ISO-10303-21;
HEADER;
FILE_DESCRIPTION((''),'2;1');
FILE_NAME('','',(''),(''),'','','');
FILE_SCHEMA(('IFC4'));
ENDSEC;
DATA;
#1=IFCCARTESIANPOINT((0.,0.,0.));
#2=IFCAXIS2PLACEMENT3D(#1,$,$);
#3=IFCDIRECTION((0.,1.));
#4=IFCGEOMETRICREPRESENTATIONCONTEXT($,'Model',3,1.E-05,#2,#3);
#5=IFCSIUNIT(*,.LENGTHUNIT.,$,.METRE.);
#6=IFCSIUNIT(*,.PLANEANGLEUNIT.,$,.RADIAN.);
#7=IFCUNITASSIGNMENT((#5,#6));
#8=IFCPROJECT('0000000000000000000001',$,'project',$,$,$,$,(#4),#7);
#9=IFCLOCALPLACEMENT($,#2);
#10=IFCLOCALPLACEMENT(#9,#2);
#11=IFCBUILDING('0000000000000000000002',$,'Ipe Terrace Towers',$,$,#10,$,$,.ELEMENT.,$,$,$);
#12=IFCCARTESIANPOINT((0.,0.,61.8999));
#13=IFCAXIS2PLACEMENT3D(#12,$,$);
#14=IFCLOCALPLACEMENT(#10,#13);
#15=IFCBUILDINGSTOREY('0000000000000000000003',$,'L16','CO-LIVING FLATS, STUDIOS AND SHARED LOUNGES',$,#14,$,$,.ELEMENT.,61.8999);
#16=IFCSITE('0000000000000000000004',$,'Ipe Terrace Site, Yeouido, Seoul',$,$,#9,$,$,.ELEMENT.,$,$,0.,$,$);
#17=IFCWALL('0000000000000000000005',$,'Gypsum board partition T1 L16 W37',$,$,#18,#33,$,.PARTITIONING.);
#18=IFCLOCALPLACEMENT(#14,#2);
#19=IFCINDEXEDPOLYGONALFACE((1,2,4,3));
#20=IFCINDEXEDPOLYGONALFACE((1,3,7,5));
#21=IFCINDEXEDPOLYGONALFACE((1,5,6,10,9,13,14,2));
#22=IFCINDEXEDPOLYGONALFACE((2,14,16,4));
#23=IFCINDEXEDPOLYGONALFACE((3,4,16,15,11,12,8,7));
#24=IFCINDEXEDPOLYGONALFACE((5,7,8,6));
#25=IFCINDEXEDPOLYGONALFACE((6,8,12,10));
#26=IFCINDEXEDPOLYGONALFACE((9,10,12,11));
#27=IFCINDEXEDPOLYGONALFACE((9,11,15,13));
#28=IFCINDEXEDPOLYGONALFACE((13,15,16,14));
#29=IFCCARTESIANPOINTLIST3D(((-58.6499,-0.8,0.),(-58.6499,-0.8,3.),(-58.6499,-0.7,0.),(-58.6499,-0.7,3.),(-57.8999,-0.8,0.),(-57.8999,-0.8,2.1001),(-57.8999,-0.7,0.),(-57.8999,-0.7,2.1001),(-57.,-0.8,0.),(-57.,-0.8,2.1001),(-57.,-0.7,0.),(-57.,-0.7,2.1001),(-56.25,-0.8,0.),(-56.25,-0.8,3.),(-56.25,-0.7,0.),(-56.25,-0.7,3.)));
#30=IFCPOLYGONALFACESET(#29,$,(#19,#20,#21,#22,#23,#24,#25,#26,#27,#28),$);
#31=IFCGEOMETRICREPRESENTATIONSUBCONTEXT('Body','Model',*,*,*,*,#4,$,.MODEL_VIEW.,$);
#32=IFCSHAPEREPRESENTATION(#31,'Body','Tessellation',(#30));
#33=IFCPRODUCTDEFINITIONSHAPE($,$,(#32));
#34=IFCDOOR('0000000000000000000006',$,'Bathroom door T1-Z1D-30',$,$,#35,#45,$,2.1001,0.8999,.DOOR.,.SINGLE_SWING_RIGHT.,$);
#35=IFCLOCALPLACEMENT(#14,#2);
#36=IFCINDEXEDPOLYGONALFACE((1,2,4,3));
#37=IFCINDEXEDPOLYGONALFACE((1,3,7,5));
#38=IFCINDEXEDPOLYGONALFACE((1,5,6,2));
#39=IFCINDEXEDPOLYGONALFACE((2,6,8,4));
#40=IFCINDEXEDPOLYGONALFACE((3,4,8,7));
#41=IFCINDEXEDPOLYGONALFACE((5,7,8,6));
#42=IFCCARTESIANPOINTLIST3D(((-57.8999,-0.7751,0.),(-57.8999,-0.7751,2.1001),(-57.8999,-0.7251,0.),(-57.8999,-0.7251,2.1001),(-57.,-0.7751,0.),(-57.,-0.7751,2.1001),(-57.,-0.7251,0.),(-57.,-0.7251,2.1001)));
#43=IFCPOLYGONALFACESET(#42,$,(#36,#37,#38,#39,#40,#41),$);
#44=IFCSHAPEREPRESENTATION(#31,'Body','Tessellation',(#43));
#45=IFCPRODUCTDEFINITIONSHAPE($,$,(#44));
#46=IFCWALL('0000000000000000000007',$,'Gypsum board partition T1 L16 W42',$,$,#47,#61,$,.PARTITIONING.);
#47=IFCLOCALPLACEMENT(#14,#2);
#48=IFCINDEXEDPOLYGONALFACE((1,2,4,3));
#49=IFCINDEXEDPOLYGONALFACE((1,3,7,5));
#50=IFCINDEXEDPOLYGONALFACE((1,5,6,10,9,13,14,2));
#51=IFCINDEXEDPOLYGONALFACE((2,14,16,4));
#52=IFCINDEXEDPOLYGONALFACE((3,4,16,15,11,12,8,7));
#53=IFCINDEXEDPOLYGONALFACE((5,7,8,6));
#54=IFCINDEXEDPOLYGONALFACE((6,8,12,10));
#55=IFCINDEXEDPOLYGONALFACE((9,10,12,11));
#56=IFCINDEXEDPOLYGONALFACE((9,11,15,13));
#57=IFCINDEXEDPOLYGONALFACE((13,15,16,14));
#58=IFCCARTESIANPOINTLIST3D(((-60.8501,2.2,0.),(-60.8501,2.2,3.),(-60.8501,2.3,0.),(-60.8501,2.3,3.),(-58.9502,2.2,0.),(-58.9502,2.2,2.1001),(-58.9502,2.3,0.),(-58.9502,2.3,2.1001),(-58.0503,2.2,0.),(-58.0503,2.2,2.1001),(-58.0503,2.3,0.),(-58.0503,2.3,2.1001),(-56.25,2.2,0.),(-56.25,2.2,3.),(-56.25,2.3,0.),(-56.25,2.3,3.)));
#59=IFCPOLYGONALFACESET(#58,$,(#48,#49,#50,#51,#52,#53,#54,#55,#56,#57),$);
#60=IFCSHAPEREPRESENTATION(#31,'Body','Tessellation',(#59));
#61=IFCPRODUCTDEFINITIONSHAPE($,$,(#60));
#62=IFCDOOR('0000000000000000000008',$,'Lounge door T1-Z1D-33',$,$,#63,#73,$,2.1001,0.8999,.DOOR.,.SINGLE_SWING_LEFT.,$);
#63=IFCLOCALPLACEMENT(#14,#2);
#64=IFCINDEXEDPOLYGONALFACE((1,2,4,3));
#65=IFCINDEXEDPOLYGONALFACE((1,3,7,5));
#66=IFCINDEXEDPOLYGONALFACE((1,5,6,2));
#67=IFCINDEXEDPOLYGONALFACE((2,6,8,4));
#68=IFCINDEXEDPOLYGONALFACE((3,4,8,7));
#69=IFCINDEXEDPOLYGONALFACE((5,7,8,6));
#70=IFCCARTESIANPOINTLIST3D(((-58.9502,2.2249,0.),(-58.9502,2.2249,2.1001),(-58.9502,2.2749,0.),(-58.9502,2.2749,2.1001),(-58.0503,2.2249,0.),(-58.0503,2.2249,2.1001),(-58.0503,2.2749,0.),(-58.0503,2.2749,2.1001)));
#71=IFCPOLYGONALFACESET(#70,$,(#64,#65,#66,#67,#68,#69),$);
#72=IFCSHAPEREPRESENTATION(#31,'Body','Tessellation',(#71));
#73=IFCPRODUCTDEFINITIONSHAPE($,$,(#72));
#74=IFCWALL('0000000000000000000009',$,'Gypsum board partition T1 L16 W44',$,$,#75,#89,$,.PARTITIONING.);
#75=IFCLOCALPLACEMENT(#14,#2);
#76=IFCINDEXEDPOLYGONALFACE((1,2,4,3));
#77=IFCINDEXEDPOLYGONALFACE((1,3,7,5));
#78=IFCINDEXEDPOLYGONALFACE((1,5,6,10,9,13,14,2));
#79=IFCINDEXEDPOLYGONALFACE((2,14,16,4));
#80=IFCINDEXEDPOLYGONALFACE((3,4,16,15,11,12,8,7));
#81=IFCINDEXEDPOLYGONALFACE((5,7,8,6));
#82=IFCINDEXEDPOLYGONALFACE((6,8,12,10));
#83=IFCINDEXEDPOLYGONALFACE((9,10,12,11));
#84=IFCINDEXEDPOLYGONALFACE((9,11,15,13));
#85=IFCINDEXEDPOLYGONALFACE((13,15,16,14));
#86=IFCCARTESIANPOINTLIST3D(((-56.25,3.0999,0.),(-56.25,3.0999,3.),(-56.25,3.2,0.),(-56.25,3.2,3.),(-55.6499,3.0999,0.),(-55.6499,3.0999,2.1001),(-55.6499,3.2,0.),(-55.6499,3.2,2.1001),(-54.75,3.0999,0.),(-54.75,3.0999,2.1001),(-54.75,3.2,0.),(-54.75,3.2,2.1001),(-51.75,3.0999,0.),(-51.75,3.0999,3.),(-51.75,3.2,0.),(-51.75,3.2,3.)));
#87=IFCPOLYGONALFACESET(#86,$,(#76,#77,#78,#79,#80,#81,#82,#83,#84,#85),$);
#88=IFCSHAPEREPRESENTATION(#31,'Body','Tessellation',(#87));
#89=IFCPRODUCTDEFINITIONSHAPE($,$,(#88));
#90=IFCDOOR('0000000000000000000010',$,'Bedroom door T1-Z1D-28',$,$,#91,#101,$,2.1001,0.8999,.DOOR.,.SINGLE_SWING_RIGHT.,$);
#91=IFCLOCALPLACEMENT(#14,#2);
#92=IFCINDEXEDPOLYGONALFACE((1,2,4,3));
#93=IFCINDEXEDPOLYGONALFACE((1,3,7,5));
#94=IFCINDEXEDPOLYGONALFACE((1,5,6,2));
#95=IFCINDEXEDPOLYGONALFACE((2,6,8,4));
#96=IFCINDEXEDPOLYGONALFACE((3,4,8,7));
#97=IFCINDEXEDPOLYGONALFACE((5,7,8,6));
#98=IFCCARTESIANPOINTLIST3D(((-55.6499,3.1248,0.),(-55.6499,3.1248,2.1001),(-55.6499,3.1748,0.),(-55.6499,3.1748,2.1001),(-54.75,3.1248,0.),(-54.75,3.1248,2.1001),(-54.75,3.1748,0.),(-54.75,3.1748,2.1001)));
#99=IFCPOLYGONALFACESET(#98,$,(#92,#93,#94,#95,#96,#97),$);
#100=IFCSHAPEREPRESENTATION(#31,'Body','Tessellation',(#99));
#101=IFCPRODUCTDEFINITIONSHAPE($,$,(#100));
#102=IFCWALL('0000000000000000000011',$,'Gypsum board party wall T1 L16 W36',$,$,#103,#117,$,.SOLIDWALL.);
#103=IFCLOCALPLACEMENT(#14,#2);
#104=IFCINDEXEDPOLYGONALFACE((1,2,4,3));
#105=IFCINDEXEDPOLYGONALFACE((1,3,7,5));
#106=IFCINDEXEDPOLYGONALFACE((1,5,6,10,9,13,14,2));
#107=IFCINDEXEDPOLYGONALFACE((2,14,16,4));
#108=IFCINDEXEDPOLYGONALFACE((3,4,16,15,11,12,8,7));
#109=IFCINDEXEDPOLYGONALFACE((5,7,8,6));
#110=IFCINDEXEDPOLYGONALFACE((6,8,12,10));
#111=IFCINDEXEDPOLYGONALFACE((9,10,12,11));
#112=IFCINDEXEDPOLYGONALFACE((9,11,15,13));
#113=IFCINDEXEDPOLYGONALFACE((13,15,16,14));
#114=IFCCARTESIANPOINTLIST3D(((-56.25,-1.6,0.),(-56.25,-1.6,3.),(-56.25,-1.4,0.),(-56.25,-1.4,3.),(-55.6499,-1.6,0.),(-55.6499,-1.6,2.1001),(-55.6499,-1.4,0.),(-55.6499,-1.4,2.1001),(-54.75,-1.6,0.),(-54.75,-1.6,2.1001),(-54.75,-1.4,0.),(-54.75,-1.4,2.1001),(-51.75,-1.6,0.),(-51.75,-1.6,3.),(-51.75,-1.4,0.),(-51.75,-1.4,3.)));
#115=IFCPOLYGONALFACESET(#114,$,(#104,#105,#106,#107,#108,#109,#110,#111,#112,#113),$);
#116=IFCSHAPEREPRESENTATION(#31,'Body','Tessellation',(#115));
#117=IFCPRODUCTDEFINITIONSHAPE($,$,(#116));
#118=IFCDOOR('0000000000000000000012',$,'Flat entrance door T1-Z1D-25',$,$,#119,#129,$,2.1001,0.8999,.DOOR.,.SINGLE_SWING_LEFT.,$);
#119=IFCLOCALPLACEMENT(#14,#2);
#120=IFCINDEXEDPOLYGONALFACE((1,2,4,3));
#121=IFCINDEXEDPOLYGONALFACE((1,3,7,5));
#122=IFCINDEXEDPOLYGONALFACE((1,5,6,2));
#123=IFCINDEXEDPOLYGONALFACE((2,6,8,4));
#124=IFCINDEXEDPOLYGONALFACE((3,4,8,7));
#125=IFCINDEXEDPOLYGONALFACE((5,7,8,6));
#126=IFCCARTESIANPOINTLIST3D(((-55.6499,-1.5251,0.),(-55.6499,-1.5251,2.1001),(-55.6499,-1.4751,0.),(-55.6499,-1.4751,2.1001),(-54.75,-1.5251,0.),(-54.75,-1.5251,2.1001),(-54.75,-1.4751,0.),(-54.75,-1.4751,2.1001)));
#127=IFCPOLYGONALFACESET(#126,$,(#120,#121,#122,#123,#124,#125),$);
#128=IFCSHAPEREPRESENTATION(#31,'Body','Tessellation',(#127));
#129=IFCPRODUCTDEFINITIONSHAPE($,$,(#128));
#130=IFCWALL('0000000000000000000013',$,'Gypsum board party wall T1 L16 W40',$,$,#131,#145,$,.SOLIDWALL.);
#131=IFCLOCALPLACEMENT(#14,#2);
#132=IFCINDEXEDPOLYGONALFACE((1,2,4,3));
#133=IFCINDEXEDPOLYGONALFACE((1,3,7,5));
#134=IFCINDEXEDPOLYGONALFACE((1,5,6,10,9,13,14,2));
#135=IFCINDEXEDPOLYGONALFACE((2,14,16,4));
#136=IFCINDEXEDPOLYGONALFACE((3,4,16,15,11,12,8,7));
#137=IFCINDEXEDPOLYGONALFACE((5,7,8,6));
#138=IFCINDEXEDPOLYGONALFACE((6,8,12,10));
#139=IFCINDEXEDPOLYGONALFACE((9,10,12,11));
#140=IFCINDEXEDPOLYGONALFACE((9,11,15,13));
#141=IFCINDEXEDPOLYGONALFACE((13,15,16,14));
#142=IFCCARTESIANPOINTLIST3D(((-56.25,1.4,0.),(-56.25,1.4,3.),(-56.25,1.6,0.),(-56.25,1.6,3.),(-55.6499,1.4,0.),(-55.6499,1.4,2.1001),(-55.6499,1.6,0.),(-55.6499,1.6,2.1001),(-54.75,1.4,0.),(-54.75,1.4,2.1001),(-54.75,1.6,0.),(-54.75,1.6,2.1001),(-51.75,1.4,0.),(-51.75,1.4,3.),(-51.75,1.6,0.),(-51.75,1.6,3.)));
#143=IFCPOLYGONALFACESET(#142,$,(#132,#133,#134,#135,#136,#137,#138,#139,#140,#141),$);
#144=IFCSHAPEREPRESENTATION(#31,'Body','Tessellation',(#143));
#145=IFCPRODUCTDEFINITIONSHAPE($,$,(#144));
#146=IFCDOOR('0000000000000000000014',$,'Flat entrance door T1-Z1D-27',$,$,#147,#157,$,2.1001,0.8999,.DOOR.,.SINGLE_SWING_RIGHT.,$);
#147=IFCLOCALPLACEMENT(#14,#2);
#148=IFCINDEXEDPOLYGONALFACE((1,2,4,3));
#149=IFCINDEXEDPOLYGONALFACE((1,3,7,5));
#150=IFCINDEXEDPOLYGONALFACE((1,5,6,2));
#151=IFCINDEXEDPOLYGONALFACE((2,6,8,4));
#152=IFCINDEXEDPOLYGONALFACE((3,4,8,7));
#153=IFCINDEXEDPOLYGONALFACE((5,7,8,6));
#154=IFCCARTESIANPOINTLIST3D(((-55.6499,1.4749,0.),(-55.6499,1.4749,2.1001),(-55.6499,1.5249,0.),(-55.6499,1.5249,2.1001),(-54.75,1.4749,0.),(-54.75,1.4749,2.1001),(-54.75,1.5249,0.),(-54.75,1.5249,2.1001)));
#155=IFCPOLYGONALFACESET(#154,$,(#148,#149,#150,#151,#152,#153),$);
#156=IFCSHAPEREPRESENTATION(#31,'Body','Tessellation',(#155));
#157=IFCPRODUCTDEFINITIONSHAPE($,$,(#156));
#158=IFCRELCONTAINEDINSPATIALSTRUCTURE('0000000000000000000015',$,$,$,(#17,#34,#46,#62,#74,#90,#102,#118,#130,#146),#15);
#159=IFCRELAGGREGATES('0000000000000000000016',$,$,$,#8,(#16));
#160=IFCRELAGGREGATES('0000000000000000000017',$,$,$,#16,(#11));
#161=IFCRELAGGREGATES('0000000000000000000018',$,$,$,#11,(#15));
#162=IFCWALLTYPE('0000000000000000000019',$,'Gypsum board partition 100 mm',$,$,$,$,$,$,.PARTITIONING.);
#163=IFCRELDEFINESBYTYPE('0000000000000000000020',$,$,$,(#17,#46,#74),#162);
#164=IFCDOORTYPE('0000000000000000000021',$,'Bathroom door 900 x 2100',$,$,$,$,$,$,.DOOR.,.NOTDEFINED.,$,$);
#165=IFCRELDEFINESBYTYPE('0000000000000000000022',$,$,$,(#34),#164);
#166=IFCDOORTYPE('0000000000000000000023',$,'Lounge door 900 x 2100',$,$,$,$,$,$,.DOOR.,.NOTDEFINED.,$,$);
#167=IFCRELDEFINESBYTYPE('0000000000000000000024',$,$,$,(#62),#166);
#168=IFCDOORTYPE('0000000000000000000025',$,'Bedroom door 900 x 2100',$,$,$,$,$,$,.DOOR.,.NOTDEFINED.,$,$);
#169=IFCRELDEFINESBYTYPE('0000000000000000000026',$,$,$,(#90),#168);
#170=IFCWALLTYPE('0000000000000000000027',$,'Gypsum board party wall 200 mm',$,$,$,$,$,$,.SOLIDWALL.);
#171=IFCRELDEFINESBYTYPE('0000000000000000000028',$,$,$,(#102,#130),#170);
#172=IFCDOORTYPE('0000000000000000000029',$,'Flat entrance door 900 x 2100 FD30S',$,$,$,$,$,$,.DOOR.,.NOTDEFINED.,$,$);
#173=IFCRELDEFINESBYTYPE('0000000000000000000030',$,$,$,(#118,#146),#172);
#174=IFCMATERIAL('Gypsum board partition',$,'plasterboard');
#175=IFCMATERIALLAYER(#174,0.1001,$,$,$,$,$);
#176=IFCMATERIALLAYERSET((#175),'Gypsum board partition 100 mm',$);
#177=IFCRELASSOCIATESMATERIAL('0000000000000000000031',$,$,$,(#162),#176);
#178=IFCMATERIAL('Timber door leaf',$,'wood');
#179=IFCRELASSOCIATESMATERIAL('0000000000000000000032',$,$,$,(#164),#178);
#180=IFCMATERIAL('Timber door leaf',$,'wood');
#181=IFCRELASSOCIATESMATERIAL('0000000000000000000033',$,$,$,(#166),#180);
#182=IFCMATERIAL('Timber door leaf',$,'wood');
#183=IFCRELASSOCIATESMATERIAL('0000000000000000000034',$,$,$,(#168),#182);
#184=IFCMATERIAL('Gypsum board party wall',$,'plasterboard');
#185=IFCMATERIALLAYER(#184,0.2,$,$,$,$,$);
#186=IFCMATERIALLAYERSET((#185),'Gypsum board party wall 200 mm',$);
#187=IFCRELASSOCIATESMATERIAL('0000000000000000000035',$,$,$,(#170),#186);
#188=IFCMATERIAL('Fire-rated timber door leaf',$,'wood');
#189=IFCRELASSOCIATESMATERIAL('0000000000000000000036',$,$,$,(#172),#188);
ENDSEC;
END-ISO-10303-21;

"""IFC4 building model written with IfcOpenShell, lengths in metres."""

from ifc_helpers import new_model, si_unit, direction, frame, frame_2d, origin, place, context, subcontext, project, spatial, rectangle, extrude, material, layer, layer_set, type_object, element, fill, save


model = new_model("IFC4")

# Units and contexts
model_context = context("Model", 3, precision=1e-05, world=origin(), true_north=direction((0.0, 1.0)))
body_context = subcontext(model_context, "Body", "Model", "MODEL_VIEW")
ifc_project = project(units=[si_unit("LENGTHUNIT", "METRE"), si_unit("PLANEANGLEUNIT", "RADIAN")], contexts=[model_context])

# Site, building, storey
site_placement = place(None, origin())
site = spatial("IfcSite", under=ifc_project, at=site_placement, Name="Ipe Terrace Site, Yeouido, Seoul", CompositionType="ELEMENT", RefElevation=0.0)
building_placement = place(site_placement, origin())
building = spatial("IfcBuilding", under=site, at=building_placement, Name="Ipe Terrace Towers", CompositionType="ELEMENT")
storey_placement = place(building_placement, frame((0.0, 0.0, 61.8999)))
storey = spatial("IfcBuildingStorey", under=building, at=storey_placement, Name="L16", Description="CO-LIVING FLATS, STUDIOS AND SHARED LOUNGES", CompositionType="ELEMENT", Elevation=61.8999)

# Walls, openings, doors
ifc_material_1 = material(Name="Gypsum board partition", Category="plasterboard")
ifc_layer_1 = layer(ifc_material_1, 0.1001)
ifc_layer_set_1 = layer_set([ifc_layer_1], Name="Gypsum board partition 100 mm")
wall_type_1 = type_object("IfcWallType", Name="Gypsum board partition 100 mm", PredefinedType="PARTITIONING", material=ifc_layer_set_1)
wall_1_placement = place(storey_placement, frame((-58.6499, -0.75, 0.0), z_axis=(0.0, 0.0, 1.0), x_axis=(1.0, 0.0, 0.0)))
wall_1 = element("IfcWall", 1, at=wall_1_placement, inside=storey, type_object=wall_type_1, Name="Gypsum board partition T1 L16 W37", PredefinedType="PARTITIONING", context=body_context, shape_type="SweptSolid", body=[
    extrude(rectangle(XDim=2.3999, YDim=0.1001, at=frame_2d((1.2, 0.0))), origin(), (0.0, 0.0, 1.0), 3.0),
])
opening_1_placement = place(wall_1_placement, frame((0.75, 0.0, 0.0)))
opening_1 = element("IfcOpeningElement", 2, at=opening_1_placement, cuts=wall_1, PredefinedType="OPENING", context=body_context, shape_type="SweptSolid", body=[
    extrude(rectangle(XDim=0.8999, YDim=2.1001, at=frame_2d((0.45, 1.05))), frame((0.0, 0.0601, 0.0), z_axis=(0.0, -1.0, 0.0), x_axis=(1.0, 0.0, 0.0)), (0.0, 0.0, 1.0), 0.1201),
])
ifc_material_2 = material(Name="Timber door leaf", Category="wood")
door_type_1 = type_object("IfcDoorType", Name="Bathroom door 900 x 2100", OperationType="NOTDEFINED", PredefinedType="DOOR", material=ifc_material_2)
door_1_placement = place(opening_1_placement, origin())
door_1 = element("IfcDoor", 3, at=door_1_placement, inside=storey, type_object=door_type_1, Name="Bathroom door T1-Z1D-30", OperationType="SINGLE_SWING_RIGHT", OverallHeight=2.1001, OverallWidth=0.8999, PredefinedType="DOOR", context=body_context, shape_type="SweptSolid", body=[
    extrude(rectangle(XDim=0.8999, YDim=2.1001, at=frame_2d((0.45, 1.05))), frame((0.0, 0.0249, 0.0), z_axis=(0.0, -1.0, 0.0), x_axis=(1.0, 0.0, 0.0)), (0.0, 0.0, 1.0), 0.05),
])
fill(opening_1, door_1)
wall_2_placement = place(storey_placement, frame((-60.8501, 2.25, 0.0), z_axis=(0.0, 0.0, 1.0), x_axis=(1.0, 0.0, 0.0)))
wall_2 = element("IfcWall", 4, at=wall_2_placement, inside=storey, type_object=wall_type_1, Name="Gypsum board partition T1 L16 W42", PredefinedType="PARTITIONING", context=body_context, shape_type="SweptSolid", body=[
    extrude(rectangle(XDim=4.6001, YDim=0.1001, at=frame_2d((2.3, 0.0))), origin(), (0.0, 0.0, 1.0), 3.0),
])
opening_2_placement = place(wall_2_placement, frame((1.8999, 0.0, 0.0)))
opening_2 = element("IfcOpeningElement", 5, at=opening_2_placement, cuts=wall_2, PredefinedType="OPENING", context=body_context, shape_type="SweptSolid", body=[
    extrude(rectangle(XDim=0.8999, YDim=2.1001, at=frame_2d((0.45, 1.05))), frame((0.0, 0.0601, 0.0), z_axis=(0.0, -1.0, 0.0), x_axis=(1.0, 0.0, 0.0)), (0.0, 0.0, 1.0), 0.1201),
])
ifc_material_3 = material(Name="Timber door leaf", Category="wood")
door_type_2 = type_object("IfcDoorType", Name="Lounge door 900 x 2100", OperationType="NOTDEFINED", PredefinedType="DOOR", material=ifc_material_3)
door_2_placement = place(opening_2_placement, origin())
door_2 = element("IfcDoor", 6, at=door_2_placement, inside=storey, type_object=door_type_2, Name="Lounge door T1-Z1D-33", OperationType="SINGLE_SWING_LEFT", OverallHeight=2.1001, OverallWidth=0.8999, PredefinedType="DOOR", context=body_context, shape_type="SweptSolid", body=[
    extrude(rectangle(XDim=0.8999, YDim=2.1001, at=frame_2d((0.45, 1.05))), frame((0.0, 0.0249, 0.0), z_axis=(0.0, -1.0, 0.0), x_axis=(1.0, 0.0, 0.0)), (0.0, 0.0, 1.0), 0.05),
])
fill(opening_2, door_2)
wall_3_placement = place(storey_placement, frame((-56.25, 3.1499, 0.0), z_axis=(0.0, 0.0, 1.0), x_axis=(1.0, 0.0, 0.0)))
wall_3 = element("IfcWall", 7, at=wall_3_placement, inside=storey, type_object=wall_type_1, Name="Gypsum board partition T1 L16 W44", PredefinedType="PARTITIONING", context=body_context, shape_type="SweptSolid", body=[
    extrude(rectangle(XDim=4.5, YDim=0.1001, at=frame_2d((2.25, 0.0))), origin(), (0.0, 0.0, 1.0), 3.0),
])
opening_3_placement = place(wall_3_placement, frame((0.6001, 0.0, 0.0)))
opening_3 = element("IfcOpeningElement", 8, at=opening_3_placement, cuts=wall_3, PredefinedType="OPENING", context=body_context, shape_type="SweptSolid", body=[
    extrude(rectangle(XDim=0.8999, YDim=2.1001, at=frame_2d((0.45, 1.05))), frame((0.0, 0.0601, 0.0), z_axis=(0.0, -1.0, 0.0), x_axis=(1.0, 0.0, 0.0)), (0.0, 0.0, 1.0), 0.1201),
])
ifc_material_4 = material(Name="Timber door leaf", Category="wood")
door_type_3 = type_object("IfcDoorType", Name="Bedroom door 900 x 2100", OperationType="NOTDEFINED", PredefinedType="DOOR", material=ifc_material_4)
door_3_placement = place(opening_3_placement, origin())
door_3 = element("IfcDoor", 9, at=door_3_placement, inside=storey, type_object=door_type_3, Name="Bedroom door T1-Z1D-28", OperationType="SINGLE_SWING_RIGHT", OverallHeight=2.1001, OverallWidth=0.8999, PredefinedType="DOOR", context=body_context, shape_type="SweptSolid", body=[
    extrude(rectangle(XDim=0.8999, YDim=2.1001, at=frame_2d((0.45, 1.05))), frame((0.0, 0.0249, 0.0), z_axis=(0.0, -1.0, 0.0), x_axis=(1.0, 0.0, 0.0)), (0.0, 0.0, 1.0), 0.05),
])
fill(opening_3, door_3)
ifc_material_5 = material(Name="Gypsum board party wall", Category="plasterboard")
ifc_layer_2 = layer(ifc_material_5, 0.2)
ifc_layer_set_2 = layer_set([ifc_layer_2], Name="Gypsum board party wall 200 mm")
wall_type_2 = type_object("IfcWallType", Name="Gypsum board party wall 200 mm", PredefinedType="SOLIDWALL", material=ifc_layer_set_2)
wall_4_placement = place(storey_placement, frame((-56.25, -1.5, 0.0), z_axis=(0.0, 0.0, 1.0), x_axis=(1.0, 0.0, 0.0)))
wall_4 = element("IfcWall", 10, at=wall_4_placement, inside=storey, type_object=wall_type_2, Name="Gypsum board party wall T1 L16 W36", PredefinedType="SOLIDWALL", context=body_context, shape_type="SweptSolid", body=[
    extrude(rectangle(XDim=4.5, YDim=0.2, at=frame_2d((2.25, 0.0))), origin(), (0.0, 0.0, 1.0), 3.0),
])
opening_4_placement = place(wall_4_placement, frame((0.6001, 0.0, 0.0)))
opening_4 = element("IfcOpeningElement", 11, at=opening_4_placement, cuts=wall_4, PredefinedType="OPENING", context=body_context, shape_type="SweptSolid", body=[
    extrude(rectangle(XDim=0.8999, YDim=2.1001, at=frame_2d((0.45, 1.05))), frame((0.0, 0.1099, 0.0), z_axis=(0.0, -1.0, 0.0), x_axis=(1.0, 0.0, 0.0)), (0.0, 0.0, 1.0), 0.22),
])
ifc_material_6 = material(Name="Fire-rated timber door leaf", Category="wood")
door_type_4 = type_object("IfcDoorType", Name="Flat entrance door 900 x 2100 FD30S", OperationType="NOTDEFINED", PredefinedType="DOOR", material=ifc_material_6)
door_4_placement = place(opening_4_placement, origin())
door_4 = element("IfcDoor", 12, at=door_4_placement, inside=storey, type_object=door_type_4, Name="Flat entrance door T1-Z1D-25", OperationType="SINGLE_SWING_LEFT", OverallHeight=2.1001, OverallWidth=0.8999, PredefinedType="DOOR", context=body_context, shape_type="SweptSolid", body=[
    extrude(rectangle(XDim=0.8999, YDim=2.1001, at=frame_2d((0.45, 1.05))), frame((0.0, 0.0249, 0.0), z_axis=(0.0, -1.0, 0.0), x_axis=(1.0, 0.0, 0.0)), (0.0, 0.0, 1.0), 0.05),
])
fill(opening_4, door_4)
wall_5_placement = place(storey_placement, frame((-56.25, 1.5, 0.0), z_axis=(0.0, 0.0, 1.0), x_axis=(1.0, 0.0, 0.0)))
wall_5 = element("IfcWall", 13, at=wall_5_placement, inside=storey, type_object=wall_type_2, Name="Gypsum board party wall T1 L16 W40", PredefinedType="SOLIDWALL", context=body_context, shape_type="SweptSolid", body=[
    extrude(rectangle(XDim=4.5, YDim=0.2, at=frame_2d((2.25, 0.0))), origin(), (0.0, 0.0, 1.0), 3.0),
])
opening_5_placement = place(wall_5_placement, frame((0.6001, 0.0, 0.0)))
opening_5 = element("IfcOpeningElement", 14, at=opening_5_placement, cuts=wall_5, PredefinedType="OPENING", context=body_context, shape_type="SweptSolid", body=[
    extrude(rectangle(XDim=0.8999, YDim=2.1001, at=frame_2d((0.45, 1.05))), frame((0.0, 0.1099, 0.0), z_axis=(0.0, -1.0, 0.0), x_axis=(1.0, 0.0, 0.0)), (0.0, 0.0, 1.0), 0.22),
])
door_5_placement = place(opening_5_placement, origin())
door_5 = element("IfcDoor", 15, at=door_5_placement, inside=storey, type_object=door_type_4, Name="Flat entrance door T1-Z1D-27", OperationType="SINGLE_SWING_RIGHT", OverallHeight=2.1001, OverallWidth=0.8999, PredefinedType="DOOR", context=body_context, shape_type="SweptSolid", body=[
    extrude(rectangle(XDim=0.8999, YDim=2.1001, at=frame_2d((0.45, 1.05))), frame((0.0, 0.0249, 0.0), z_axis=(0.0, -1.0, 0.0), x_axis=(1.0, 0.0, 0.0)), (0.0, 0.0, 1.0), 0.05),
])
fill(opening_5, door_5)

save(model, "model.ifc")
